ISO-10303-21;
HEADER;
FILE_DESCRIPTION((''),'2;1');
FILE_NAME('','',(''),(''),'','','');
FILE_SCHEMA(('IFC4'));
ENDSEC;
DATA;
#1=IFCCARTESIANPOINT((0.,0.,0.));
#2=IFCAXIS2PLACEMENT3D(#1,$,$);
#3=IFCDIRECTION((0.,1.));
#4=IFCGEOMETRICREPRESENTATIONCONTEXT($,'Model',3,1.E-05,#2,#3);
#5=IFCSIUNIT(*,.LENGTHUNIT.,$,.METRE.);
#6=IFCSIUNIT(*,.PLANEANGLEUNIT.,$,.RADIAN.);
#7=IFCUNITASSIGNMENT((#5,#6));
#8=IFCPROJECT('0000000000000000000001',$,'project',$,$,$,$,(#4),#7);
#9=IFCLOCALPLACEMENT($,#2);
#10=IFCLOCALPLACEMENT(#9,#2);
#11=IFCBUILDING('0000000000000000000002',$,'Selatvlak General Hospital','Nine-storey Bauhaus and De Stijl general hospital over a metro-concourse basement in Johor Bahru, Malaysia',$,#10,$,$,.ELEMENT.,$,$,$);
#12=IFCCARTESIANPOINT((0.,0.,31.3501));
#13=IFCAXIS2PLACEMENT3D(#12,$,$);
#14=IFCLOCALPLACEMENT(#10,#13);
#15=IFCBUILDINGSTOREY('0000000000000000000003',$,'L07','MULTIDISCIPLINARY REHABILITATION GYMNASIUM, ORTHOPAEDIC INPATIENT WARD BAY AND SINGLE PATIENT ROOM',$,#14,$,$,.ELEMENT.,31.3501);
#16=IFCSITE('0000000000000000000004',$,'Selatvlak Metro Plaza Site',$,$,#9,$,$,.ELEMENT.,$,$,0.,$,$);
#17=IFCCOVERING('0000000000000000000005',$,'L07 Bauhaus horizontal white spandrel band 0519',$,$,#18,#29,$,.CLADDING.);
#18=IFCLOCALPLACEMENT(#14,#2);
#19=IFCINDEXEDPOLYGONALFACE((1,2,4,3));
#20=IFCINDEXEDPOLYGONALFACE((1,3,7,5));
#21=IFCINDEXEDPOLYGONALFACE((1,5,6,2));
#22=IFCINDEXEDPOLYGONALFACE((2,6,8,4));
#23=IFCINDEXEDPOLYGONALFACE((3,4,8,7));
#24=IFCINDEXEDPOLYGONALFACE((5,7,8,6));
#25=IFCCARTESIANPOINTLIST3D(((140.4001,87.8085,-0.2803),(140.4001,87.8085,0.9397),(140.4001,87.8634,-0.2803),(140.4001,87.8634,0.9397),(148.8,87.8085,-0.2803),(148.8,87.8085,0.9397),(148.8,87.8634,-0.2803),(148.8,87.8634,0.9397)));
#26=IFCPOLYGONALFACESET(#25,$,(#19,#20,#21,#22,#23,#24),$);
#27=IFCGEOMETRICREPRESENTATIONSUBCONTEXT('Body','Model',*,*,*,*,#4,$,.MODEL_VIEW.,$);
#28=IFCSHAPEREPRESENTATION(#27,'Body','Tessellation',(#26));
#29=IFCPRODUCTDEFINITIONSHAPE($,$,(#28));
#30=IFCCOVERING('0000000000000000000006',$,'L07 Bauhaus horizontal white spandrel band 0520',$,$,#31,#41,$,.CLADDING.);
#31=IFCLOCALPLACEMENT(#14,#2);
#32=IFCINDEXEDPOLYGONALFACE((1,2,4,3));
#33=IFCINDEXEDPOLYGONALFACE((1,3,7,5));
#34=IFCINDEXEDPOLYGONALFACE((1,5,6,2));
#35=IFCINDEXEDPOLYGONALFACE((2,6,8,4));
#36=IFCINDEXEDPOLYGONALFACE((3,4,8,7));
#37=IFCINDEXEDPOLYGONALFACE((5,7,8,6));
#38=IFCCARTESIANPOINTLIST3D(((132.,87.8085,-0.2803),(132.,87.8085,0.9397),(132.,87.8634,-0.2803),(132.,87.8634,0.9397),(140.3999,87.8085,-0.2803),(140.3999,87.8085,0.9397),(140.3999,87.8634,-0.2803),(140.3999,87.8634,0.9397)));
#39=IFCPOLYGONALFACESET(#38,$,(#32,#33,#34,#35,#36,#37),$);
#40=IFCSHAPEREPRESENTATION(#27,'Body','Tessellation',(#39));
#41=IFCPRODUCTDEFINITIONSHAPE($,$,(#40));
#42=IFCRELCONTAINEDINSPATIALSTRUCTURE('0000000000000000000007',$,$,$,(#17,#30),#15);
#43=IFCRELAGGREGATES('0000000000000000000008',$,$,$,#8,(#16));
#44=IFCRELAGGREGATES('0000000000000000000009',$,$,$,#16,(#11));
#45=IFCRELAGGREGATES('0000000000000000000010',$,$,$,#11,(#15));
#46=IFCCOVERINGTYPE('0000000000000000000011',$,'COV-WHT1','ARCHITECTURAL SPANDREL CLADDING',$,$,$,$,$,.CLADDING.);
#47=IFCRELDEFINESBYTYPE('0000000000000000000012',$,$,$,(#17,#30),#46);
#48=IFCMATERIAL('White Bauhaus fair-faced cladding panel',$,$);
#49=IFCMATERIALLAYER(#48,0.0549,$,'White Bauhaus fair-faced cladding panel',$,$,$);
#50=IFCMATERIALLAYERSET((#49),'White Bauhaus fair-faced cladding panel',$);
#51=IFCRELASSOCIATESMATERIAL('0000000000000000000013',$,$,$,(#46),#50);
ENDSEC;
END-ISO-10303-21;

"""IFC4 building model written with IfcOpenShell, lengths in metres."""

from ifc_helpers import new_model, si_unit, direction, frame, origin, origin_2d, place, context, subcontext, project, spatial, rectangle, extrude, material, layer, layer_set, type_object, element, save


model = new_model("IFC4")

# Units and contexts
model_context = context("Model", 3, precision=1e-05, world=origin(), true_north=direction((0.0, 1.0)))
body_context = subcontext(model_context, "Body", "Model", "MODEL_VIEW")
ifc_project = project(units=[si_unit("LENGTHUNIT", "METRE"), si_unit("PLANEANGLEUNIT", "RADIAN")], contexts=[model_context])

# Site, building, storey
site_placement = place(None, origin())
site = spatial("IfcSite", under=ifc_project, at=site_placement, Name="Selatvlak Metro Plaza Site", CompositionType="ELEMENT", RefElevation=0.0)
building_placement = place(site_placement, origin())
building = spatial("IfcBuilding", under=site, at=building_placement, Name="Selatvlak General Hospital", Description="Nine-storey Bauhaus and De Stijl general hospital over a metro-concourse basement in Johor Bahru, Malaysia", CompositionType="ELEMENT")
storey_placement = place(building_placement, frame((0.0, 0.0, 31.3501)))
storey = spatial("IfcBuildingStorey", under=building, at=storey_placement, Name="L07", Description="MULTIDISCIPLINARY REHABILITATION GYMNASIUM, ORTHOPAEDIC INPATIENT WARD BAY AND SINGLE PATIENT ROOM", CompositionType="ELEMENT", Elevation=31.3501)

# Coverings
ifc_material_1 = material(Name="White Bauhaus fair-faced cladding panel")
ifc_layer_1 = layer(ifc_material_1, 0.0549, Name="White Bauhaus fair-faced cladding panel")
ifc_layer_set_1 = layer_set([ifc_layer_1], Name="White Bauhaus fair-faced cladding panel")
covering_type = type_object("IfcCoveringType", Name="COV-WHT1", Description="ARCHITECTURAL SPANDREL CLADDING", PredefinedType="CLADDING", material=ifc_layer_set_1)
for number, where, z_axis, x_axis, name in (
    (1, (144.6001, 87.8359, -0.2803), (0.0, 0.0, 1.0), (-1.0, 0.0, 0.0), "L07 Bauhaus horizontal white spandrel band 0519"),
    (2, (136.2, 87.8359, -0.2803), (0.0, 0.0, 1.0), (-1.0, 0.0, 0.0), "L07 Bauhaus horizontal white spandrel band 0520"),
):
    element("IfcCovering", number, at=place(storey_placement, frame(where, z_axis=z_axis, x_axis=x_axis)), inside=storey, type_object=covering_type, Name=name, PredefinedType="CLADDING", context=body_context, shape_type="SweptSolid", body=[
        extrude(rectangle(XDim=8.3999, YDim=0.0549, at=origin_2d()), origin(), (0.0, 0.0, 1.0), 1.22),
    ])

save(model, "model.ifc")
